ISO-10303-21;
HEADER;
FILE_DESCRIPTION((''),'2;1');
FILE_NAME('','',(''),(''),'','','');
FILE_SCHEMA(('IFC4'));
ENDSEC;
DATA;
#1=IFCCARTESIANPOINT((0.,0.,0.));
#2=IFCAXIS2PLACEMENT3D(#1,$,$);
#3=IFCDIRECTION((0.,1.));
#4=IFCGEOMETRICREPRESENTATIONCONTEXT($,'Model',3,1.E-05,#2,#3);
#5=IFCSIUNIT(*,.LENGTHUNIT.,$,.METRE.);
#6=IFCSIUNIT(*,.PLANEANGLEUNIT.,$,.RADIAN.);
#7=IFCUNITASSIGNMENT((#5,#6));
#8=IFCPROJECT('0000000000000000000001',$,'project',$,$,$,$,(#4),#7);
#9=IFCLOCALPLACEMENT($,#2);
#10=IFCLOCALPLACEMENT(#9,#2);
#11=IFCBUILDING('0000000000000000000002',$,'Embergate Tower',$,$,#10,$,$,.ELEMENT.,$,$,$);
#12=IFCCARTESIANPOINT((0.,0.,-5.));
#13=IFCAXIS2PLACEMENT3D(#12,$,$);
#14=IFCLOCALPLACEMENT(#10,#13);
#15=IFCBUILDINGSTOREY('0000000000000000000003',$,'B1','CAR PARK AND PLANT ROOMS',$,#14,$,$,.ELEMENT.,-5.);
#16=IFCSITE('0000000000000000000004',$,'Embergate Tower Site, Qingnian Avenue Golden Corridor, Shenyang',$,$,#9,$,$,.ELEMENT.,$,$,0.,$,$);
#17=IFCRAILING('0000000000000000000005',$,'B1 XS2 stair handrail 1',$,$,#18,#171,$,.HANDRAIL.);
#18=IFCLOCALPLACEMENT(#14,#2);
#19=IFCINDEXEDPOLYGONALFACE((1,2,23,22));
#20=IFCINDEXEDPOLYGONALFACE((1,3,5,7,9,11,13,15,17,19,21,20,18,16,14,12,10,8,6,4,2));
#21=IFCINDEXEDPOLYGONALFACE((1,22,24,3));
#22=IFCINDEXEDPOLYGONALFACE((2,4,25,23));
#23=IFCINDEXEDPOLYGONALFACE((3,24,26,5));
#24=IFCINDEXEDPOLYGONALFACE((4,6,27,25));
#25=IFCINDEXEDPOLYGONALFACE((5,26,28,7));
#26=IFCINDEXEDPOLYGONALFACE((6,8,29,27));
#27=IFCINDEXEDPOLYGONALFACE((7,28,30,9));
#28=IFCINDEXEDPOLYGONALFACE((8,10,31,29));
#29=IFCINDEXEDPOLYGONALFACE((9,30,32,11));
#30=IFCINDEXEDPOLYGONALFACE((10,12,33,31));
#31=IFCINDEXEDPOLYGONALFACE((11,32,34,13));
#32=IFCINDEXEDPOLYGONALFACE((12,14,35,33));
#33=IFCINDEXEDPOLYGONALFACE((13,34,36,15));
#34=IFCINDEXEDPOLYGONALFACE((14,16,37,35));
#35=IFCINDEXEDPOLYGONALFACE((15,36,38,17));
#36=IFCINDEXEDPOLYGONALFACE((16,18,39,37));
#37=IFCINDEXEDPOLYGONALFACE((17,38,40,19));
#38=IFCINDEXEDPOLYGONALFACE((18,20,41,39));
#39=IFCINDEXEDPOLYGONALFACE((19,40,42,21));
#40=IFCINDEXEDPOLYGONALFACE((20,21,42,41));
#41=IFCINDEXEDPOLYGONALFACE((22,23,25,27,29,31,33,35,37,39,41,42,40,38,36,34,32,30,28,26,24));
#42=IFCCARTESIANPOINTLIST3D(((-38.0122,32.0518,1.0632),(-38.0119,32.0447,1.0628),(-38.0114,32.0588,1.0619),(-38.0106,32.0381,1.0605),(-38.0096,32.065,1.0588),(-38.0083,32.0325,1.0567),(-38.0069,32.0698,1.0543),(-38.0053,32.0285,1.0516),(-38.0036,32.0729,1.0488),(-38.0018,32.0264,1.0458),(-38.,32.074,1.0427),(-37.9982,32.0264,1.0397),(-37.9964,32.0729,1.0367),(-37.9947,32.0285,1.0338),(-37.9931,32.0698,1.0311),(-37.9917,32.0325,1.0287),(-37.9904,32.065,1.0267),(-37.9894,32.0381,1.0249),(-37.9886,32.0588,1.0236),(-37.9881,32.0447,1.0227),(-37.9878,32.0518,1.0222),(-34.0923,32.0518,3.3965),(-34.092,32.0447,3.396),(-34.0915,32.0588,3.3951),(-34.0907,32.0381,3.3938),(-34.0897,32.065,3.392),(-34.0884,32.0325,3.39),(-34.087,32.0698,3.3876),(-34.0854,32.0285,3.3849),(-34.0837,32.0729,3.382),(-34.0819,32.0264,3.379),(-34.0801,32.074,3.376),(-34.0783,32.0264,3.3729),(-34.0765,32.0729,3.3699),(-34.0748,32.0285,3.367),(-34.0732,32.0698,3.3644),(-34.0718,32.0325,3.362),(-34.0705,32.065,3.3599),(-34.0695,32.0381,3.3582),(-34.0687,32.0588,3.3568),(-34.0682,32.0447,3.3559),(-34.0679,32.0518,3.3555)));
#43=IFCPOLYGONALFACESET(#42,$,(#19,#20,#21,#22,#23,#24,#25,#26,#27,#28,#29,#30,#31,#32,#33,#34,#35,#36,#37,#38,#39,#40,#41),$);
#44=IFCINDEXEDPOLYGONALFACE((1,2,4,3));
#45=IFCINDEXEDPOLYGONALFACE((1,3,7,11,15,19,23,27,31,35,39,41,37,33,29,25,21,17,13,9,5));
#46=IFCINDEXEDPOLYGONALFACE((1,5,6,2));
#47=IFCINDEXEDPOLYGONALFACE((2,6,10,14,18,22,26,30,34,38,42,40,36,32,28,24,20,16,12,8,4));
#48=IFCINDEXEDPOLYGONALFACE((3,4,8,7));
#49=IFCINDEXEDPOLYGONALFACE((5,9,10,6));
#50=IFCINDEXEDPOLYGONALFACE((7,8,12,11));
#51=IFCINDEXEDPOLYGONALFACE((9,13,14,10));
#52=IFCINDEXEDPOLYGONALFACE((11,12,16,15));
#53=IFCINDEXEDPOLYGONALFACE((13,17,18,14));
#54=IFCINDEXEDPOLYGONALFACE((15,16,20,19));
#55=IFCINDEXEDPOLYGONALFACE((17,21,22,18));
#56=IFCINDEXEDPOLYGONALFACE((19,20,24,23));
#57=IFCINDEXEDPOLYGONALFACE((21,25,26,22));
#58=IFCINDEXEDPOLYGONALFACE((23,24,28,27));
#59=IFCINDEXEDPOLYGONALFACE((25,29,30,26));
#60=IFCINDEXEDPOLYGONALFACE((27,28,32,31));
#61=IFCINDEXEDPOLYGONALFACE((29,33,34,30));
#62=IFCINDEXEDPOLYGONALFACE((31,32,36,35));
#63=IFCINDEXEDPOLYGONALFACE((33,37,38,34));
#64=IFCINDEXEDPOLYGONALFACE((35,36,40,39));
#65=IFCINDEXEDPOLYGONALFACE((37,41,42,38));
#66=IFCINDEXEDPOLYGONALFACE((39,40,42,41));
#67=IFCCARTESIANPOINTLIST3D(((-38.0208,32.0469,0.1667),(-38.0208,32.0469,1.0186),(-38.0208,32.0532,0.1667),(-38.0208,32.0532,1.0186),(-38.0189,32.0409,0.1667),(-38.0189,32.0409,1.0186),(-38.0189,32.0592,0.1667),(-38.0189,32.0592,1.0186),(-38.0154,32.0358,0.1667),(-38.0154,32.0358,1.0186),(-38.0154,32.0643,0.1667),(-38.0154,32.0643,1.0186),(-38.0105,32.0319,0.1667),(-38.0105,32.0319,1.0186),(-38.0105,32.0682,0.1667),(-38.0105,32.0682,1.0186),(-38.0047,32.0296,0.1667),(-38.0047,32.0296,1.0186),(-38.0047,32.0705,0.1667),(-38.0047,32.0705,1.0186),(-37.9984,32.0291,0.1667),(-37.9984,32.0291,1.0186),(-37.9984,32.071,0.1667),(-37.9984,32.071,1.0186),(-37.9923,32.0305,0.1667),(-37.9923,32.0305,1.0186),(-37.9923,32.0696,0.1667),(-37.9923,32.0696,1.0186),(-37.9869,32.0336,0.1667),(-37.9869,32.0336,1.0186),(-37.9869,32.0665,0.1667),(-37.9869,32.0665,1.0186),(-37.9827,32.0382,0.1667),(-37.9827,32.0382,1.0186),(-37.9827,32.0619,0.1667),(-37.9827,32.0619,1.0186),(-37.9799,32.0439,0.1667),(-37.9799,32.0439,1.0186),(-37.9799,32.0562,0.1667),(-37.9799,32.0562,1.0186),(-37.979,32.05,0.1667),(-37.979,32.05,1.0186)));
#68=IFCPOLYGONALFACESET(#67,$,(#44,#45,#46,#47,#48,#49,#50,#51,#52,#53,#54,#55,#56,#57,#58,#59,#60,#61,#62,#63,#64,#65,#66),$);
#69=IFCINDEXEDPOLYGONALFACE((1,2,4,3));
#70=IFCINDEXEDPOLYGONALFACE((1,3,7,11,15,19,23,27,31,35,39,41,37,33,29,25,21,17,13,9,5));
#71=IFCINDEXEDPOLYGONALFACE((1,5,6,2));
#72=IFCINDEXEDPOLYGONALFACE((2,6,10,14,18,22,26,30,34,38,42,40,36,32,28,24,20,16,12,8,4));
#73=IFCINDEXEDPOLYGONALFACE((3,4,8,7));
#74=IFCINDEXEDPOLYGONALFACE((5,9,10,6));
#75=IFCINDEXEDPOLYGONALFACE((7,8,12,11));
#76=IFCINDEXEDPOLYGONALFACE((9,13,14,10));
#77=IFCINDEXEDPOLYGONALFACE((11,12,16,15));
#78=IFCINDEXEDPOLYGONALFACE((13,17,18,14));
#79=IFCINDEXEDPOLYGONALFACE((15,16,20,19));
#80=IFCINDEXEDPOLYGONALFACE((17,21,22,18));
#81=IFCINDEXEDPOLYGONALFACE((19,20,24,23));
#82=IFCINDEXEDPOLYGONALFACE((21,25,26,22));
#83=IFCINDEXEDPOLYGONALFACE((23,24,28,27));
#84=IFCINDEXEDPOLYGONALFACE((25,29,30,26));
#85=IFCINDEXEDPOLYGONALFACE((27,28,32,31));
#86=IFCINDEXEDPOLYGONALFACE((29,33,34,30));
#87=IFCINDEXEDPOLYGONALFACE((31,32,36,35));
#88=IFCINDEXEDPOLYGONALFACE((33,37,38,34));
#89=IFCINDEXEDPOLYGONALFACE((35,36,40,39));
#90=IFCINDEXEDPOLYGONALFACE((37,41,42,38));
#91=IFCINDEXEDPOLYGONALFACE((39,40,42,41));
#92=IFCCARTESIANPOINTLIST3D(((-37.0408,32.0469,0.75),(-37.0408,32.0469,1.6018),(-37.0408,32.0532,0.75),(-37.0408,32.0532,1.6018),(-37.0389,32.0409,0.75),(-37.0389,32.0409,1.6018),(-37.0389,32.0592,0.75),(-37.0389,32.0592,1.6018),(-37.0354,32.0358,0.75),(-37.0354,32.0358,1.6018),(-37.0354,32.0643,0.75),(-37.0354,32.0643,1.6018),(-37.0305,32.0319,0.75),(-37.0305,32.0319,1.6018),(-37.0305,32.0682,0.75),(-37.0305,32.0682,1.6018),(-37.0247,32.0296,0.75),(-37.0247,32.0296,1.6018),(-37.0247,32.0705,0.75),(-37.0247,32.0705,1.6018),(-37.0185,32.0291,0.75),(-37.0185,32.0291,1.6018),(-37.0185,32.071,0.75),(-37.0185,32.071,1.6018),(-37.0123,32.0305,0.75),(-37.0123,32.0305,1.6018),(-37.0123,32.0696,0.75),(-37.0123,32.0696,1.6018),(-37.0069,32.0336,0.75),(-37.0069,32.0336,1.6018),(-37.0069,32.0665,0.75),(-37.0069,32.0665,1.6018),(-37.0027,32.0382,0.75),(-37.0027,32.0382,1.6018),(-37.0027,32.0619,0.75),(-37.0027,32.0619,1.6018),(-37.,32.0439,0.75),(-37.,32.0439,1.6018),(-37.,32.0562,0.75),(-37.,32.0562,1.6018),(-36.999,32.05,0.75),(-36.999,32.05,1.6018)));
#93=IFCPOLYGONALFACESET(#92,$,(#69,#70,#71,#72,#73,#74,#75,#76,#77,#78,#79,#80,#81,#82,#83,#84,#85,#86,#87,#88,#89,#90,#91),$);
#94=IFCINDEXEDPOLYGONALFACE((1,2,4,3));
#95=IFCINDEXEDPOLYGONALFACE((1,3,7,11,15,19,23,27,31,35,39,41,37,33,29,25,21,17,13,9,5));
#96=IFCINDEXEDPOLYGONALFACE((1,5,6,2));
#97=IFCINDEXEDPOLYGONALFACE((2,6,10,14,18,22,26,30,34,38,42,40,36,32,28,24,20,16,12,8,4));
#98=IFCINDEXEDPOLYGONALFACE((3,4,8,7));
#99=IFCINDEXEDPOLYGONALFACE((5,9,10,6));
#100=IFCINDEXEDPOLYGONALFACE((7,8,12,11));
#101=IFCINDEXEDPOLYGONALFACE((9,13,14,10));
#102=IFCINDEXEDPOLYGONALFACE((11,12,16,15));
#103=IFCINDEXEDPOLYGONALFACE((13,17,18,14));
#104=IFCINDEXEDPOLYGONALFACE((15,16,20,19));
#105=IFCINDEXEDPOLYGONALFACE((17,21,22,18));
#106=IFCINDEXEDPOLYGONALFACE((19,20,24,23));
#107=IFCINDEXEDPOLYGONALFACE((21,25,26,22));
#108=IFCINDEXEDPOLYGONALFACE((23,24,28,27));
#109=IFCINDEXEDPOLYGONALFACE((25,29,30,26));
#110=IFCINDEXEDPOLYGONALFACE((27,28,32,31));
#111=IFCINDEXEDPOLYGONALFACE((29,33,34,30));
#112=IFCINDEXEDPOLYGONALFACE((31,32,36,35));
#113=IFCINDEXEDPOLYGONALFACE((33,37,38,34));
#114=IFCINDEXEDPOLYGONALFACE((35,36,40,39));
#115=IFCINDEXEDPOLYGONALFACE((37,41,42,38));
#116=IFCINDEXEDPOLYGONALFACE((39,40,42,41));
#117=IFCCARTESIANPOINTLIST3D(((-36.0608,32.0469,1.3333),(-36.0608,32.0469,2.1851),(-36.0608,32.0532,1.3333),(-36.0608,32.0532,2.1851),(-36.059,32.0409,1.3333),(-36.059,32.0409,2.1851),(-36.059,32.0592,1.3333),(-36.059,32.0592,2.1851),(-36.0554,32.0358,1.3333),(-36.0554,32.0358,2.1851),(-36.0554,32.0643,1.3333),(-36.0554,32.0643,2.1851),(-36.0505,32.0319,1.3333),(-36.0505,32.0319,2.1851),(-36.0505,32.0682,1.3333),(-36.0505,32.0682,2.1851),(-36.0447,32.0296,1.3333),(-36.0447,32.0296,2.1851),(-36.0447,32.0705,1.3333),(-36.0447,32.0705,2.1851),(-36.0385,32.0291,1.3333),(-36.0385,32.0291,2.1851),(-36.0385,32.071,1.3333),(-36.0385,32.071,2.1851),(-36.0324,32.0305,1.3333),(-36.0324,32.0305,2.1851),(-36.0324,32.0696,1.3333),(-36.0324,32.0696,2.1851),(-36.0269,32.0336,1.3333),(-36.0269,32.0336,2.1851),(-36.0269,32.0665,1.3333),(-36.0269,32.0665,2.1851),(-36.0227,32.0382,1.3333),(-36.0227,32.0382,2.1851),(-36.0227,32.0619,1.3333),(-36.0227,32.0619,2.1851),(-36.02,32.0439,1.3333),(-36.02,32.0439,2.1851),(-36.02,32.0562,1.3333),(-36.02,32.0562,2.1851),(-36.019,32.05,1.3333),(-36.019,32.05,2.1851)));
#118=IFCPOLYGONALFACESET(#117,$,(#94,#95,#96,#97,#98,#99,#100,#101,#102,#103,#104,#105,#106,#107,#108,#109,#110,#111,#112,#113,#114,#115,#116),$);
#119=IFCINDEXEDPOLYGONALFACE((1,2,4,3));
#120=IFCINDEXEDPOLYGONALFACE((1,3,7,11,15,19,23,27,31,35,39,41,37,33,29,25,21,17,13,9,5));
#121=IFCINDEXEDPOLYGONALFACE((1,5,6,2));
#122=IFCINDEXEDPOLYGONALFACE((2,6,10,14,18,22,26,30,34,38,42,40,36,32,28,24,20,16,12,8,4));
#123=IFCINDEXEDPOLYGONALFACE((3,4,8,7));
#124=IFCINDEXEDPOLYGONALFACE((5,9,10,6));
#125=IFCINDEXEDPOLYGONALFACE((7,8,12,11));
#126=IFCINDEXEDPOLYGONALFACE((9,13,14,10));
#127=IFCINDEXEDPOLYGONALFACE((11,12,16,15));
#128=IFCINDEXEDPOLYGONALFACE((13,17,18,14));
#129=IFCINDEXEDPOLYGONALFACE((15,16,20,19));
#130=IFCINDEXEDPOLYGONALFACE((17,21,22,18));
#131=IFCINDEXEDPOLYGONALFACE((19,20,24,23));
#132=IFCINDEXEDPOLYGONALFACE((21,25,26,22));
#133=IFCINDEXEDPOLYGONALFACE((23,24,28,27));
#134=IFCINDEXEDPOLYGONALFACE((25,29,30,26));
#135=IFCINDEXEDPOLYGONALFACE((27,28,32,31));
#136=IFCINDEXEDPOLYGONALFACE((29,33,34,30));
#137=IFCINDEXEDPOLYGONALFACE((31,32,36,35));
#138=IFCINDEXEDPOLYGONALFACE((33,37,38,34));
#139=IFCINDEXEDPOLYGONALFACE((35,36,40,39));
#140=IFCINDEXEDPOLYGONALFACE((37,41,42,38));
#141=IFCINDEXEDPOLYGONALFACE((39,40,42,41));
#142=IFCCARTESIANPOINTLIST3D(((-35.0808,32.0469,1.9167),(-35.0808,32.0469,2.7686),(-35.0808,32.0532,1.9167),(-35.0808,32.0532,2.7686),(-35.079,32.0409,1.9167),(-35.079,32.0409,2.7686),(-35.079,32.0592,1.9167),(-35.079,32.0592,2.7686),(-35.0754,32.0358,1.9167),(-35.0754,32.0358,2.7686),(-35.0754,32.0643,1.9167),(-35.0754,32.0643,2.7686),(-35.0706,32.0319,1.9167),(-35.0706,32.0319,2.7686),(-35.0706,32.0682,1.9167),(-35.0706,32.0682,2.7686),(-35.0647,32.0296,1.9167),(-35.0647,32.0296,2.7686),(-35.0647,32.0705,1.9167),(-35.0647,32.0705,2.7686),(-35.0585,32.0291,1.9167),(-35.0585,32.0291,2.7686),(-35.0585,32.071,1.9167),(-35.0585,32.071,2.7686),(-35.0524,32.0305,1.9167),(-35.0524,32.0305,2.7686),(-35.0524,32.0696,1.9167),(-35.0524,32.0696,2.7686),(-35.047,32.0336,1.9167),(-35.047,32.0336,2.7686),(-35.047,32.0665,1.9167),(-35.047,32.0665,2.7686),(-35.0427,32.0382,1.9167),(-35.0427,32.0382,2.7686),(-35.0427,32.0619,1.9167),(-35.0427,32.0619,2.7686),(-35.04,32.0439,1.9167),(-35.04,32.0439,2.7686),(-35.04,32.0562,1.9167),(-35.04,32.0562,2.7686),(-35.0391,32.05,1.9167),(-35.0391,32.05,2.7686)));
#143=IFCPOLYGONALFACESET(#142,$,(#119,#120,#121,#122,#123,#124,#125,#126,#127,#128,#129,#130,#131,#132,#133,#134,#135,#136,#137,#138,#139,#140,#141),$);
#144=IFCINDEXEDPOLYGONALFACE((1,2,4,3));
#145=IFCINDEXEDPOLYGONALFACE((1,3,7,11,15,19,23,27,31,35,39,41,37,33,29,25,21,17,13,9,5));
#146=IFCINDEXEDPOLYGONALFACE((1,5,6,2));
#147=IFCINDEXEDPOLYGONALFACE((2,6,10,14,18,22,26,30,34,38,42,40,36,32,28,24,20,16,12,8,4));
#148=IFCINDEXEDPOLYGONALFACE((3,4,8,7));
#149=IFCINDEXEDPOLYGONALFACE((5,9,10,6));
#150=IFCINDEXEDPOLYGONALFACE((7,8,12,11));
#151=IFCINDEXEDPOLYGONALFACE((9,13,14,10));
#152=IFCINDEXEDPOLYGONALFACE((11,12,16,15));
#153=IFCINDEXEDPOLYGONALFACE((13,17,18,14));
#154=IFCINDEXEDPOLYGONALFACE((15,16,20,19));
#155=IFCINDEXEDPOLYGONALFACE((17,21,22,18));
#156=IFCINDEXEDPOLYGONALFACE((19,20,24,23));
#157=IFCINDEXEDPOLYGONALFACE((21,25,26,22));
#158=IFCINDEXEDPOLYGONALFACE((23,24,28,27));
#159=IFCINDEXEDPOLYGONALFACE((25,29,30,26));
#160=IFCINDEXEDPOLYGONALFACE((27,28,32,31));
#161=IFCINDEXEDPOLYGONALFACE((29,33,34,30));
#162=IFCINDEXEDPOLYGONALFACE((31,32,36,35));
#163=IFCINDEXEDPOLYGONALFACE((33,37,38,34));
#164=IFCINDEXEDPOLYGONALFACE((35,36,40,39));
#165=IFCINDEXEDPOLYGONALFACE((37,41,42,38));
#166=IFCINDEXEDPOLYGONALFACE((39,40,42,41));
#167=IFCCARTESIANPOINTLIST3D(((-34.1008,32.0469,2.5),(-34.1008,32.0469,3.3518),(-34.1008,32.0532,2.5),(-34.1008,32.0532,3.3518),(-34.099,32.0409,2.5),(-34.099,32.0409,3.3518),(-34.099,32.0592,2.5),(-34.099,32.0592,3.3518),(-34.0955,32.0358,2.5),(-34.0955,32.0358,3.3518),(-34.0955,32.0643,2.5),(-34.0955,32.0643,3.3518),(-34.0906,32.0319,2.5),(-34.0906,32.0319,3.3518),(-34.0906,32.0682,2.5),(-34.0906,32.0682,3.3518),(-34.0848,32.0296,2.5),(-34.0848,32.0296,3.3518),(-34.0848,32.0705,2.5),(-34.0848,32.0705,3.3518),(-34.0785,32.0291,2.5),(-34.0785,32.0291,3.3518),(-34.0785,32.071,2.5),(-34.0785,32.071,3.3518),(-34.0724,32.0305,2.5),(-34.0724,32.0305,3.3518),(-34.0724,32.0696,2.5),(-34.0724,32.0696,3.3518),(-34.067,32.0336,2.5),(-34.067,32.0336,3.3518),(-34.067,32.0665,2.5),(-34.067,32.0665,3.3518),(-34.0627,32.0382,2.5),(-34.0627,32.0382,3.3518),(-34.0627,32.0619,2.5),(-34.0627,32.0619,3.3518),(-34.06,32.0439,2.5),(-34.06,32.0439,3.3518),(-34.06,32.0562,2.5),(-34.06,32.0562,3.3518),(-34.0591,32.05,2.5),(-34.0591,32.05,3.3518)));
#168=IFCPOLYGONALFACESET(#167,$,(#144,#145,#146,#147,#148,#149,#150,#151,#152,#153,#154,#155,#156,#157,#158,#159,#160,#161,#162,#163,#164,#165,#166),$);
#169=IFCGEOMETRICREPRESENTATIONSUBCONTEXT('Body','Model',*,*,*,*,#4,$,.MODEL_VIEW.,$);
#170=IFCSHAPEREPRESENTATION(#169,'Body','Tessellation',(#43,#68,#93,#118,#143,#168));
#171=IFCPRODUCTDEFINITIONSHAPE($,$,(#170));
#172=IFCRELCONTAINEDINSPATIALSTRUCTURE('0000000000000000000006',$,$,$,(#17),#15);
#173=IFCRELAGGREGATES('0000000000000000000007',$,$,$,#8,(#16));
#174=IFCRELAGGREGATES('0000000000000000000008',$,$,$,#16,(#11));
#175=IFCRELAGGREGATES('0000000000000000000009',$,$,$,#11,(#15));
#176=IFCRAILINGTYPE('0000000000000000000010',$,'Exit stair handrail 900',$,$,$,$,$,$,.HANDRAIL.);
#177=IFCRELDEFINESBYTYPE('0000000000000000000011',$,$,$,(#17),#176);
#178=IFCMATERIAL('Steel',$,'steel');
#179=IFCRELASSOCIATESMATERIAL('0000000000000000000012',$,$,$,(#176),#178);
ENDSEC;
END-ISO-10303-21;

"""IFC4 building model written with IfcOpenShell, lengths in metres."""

from ifc_helpers import new_model, si_unit, direction, frame, origin, origin_2d, place, context, subcontext, project, spatial, circle, extrude, source, transform, mapped, material, type_object, element, save


model = new_model("IFC4")

# Units and contexts
model_context = context("Model", 3, precision=1e-05, world=origin(), true_north=direction((0.0, 1.0)))
body_context = subcontext(model_context, "Body", "Model", "MODEL_VIEW")
ifc_project = project(units=[si_unit("LENGTHUNIT", "METRE"), si_unit("PLANEANGLEUNIT", "RADIAN")], contexts=[model_context])

# Site, building, storey
site_placement = place(None, origin())
site = spatial("IfcSite", under=ifc_project, at=site_placement, Name="Embergate Tower Site, Qingnian Avenue Golden Corridor, Shenyang", CompositionType="ELEMENT", RefElevation=0.0)
building_placement = place(site_placement, origin())
building = spatial("IfcBuilding", under=site, at=building_placement, Name="Embergate Tower", CompositionType="ELEMENT")
storey_placement = place(building_placement, frame((0.0, 0.0, -5.0)))
storey = spatial("IfcBuildingStorey", under=building, at=storey_placement, Name="B1", Description="CAR PARK AND PLANT ROOMS", CompositionType="ELEMENT", Elevation=-5.0)

# Railing
ifc_material_1 = material(Name="Steel", Category="steel")
railing_type_1 = type_object("IfcRailingType", Name="Exit stair handrail 900", PredefinedType="HANDRAIL", material=ifc_material_1)
shared_shape_1 = source(origin(), body_context, "Body", "SweptSolid", [
    extrude(circle(Radius=0.0239, at=origin_2d()), frame((0.0, 0.0, 0.876), z_axis=(0.859296, 0.0, 0.511478), x_axis=(0.0, 1.0, 0.0)), (0.0, 0.0, 1.0), 4.5618),
    extrude(circle(Radius=0.021, at=origin_2d()), origin(), (0.0, 0.0, 1.0), 0.8518),
    extrude(circle(Radius=0.021, at=origin_2d()), frame((0.98, 0.0, 0.5833)), (0.0, 0.0, 1.0), 0.8518),
    extrude(circle(Radius=0.021, at=origin_2d()), frame((1.96, 0.0, 1.1665)), (0.0, 0.0, 1.0), 0.8518),
    extrude(circle(Radius=0.021, at=origin_2d()), frame((2.9399, 0.0, 1.75)), (0.0, 0.0, 1.0), 0.8518),
    extrude(circle(Radius=0.021, at=origin_2d()), frame((3.9199, 0.0, 2.3333)), (0.0, 0.0, 1.0), 0.8518),
])
railing_1_placement = place(storey_placement, frame((-38.0, 32.05, 0.1667)))
element("IfcRailing", 1, at=railing_1_placement, inside=storey, type_object=railing_type_1, Name="B1 XS2 stair handrail 1", PredefinedType="HANDRAIL", context=body_context, shape_type="MappedRepresentation", body=[
    mapped(shared_shape_1, transform((0.0, 0.0, 0.0))),
])

save(model, "model.ifc")
